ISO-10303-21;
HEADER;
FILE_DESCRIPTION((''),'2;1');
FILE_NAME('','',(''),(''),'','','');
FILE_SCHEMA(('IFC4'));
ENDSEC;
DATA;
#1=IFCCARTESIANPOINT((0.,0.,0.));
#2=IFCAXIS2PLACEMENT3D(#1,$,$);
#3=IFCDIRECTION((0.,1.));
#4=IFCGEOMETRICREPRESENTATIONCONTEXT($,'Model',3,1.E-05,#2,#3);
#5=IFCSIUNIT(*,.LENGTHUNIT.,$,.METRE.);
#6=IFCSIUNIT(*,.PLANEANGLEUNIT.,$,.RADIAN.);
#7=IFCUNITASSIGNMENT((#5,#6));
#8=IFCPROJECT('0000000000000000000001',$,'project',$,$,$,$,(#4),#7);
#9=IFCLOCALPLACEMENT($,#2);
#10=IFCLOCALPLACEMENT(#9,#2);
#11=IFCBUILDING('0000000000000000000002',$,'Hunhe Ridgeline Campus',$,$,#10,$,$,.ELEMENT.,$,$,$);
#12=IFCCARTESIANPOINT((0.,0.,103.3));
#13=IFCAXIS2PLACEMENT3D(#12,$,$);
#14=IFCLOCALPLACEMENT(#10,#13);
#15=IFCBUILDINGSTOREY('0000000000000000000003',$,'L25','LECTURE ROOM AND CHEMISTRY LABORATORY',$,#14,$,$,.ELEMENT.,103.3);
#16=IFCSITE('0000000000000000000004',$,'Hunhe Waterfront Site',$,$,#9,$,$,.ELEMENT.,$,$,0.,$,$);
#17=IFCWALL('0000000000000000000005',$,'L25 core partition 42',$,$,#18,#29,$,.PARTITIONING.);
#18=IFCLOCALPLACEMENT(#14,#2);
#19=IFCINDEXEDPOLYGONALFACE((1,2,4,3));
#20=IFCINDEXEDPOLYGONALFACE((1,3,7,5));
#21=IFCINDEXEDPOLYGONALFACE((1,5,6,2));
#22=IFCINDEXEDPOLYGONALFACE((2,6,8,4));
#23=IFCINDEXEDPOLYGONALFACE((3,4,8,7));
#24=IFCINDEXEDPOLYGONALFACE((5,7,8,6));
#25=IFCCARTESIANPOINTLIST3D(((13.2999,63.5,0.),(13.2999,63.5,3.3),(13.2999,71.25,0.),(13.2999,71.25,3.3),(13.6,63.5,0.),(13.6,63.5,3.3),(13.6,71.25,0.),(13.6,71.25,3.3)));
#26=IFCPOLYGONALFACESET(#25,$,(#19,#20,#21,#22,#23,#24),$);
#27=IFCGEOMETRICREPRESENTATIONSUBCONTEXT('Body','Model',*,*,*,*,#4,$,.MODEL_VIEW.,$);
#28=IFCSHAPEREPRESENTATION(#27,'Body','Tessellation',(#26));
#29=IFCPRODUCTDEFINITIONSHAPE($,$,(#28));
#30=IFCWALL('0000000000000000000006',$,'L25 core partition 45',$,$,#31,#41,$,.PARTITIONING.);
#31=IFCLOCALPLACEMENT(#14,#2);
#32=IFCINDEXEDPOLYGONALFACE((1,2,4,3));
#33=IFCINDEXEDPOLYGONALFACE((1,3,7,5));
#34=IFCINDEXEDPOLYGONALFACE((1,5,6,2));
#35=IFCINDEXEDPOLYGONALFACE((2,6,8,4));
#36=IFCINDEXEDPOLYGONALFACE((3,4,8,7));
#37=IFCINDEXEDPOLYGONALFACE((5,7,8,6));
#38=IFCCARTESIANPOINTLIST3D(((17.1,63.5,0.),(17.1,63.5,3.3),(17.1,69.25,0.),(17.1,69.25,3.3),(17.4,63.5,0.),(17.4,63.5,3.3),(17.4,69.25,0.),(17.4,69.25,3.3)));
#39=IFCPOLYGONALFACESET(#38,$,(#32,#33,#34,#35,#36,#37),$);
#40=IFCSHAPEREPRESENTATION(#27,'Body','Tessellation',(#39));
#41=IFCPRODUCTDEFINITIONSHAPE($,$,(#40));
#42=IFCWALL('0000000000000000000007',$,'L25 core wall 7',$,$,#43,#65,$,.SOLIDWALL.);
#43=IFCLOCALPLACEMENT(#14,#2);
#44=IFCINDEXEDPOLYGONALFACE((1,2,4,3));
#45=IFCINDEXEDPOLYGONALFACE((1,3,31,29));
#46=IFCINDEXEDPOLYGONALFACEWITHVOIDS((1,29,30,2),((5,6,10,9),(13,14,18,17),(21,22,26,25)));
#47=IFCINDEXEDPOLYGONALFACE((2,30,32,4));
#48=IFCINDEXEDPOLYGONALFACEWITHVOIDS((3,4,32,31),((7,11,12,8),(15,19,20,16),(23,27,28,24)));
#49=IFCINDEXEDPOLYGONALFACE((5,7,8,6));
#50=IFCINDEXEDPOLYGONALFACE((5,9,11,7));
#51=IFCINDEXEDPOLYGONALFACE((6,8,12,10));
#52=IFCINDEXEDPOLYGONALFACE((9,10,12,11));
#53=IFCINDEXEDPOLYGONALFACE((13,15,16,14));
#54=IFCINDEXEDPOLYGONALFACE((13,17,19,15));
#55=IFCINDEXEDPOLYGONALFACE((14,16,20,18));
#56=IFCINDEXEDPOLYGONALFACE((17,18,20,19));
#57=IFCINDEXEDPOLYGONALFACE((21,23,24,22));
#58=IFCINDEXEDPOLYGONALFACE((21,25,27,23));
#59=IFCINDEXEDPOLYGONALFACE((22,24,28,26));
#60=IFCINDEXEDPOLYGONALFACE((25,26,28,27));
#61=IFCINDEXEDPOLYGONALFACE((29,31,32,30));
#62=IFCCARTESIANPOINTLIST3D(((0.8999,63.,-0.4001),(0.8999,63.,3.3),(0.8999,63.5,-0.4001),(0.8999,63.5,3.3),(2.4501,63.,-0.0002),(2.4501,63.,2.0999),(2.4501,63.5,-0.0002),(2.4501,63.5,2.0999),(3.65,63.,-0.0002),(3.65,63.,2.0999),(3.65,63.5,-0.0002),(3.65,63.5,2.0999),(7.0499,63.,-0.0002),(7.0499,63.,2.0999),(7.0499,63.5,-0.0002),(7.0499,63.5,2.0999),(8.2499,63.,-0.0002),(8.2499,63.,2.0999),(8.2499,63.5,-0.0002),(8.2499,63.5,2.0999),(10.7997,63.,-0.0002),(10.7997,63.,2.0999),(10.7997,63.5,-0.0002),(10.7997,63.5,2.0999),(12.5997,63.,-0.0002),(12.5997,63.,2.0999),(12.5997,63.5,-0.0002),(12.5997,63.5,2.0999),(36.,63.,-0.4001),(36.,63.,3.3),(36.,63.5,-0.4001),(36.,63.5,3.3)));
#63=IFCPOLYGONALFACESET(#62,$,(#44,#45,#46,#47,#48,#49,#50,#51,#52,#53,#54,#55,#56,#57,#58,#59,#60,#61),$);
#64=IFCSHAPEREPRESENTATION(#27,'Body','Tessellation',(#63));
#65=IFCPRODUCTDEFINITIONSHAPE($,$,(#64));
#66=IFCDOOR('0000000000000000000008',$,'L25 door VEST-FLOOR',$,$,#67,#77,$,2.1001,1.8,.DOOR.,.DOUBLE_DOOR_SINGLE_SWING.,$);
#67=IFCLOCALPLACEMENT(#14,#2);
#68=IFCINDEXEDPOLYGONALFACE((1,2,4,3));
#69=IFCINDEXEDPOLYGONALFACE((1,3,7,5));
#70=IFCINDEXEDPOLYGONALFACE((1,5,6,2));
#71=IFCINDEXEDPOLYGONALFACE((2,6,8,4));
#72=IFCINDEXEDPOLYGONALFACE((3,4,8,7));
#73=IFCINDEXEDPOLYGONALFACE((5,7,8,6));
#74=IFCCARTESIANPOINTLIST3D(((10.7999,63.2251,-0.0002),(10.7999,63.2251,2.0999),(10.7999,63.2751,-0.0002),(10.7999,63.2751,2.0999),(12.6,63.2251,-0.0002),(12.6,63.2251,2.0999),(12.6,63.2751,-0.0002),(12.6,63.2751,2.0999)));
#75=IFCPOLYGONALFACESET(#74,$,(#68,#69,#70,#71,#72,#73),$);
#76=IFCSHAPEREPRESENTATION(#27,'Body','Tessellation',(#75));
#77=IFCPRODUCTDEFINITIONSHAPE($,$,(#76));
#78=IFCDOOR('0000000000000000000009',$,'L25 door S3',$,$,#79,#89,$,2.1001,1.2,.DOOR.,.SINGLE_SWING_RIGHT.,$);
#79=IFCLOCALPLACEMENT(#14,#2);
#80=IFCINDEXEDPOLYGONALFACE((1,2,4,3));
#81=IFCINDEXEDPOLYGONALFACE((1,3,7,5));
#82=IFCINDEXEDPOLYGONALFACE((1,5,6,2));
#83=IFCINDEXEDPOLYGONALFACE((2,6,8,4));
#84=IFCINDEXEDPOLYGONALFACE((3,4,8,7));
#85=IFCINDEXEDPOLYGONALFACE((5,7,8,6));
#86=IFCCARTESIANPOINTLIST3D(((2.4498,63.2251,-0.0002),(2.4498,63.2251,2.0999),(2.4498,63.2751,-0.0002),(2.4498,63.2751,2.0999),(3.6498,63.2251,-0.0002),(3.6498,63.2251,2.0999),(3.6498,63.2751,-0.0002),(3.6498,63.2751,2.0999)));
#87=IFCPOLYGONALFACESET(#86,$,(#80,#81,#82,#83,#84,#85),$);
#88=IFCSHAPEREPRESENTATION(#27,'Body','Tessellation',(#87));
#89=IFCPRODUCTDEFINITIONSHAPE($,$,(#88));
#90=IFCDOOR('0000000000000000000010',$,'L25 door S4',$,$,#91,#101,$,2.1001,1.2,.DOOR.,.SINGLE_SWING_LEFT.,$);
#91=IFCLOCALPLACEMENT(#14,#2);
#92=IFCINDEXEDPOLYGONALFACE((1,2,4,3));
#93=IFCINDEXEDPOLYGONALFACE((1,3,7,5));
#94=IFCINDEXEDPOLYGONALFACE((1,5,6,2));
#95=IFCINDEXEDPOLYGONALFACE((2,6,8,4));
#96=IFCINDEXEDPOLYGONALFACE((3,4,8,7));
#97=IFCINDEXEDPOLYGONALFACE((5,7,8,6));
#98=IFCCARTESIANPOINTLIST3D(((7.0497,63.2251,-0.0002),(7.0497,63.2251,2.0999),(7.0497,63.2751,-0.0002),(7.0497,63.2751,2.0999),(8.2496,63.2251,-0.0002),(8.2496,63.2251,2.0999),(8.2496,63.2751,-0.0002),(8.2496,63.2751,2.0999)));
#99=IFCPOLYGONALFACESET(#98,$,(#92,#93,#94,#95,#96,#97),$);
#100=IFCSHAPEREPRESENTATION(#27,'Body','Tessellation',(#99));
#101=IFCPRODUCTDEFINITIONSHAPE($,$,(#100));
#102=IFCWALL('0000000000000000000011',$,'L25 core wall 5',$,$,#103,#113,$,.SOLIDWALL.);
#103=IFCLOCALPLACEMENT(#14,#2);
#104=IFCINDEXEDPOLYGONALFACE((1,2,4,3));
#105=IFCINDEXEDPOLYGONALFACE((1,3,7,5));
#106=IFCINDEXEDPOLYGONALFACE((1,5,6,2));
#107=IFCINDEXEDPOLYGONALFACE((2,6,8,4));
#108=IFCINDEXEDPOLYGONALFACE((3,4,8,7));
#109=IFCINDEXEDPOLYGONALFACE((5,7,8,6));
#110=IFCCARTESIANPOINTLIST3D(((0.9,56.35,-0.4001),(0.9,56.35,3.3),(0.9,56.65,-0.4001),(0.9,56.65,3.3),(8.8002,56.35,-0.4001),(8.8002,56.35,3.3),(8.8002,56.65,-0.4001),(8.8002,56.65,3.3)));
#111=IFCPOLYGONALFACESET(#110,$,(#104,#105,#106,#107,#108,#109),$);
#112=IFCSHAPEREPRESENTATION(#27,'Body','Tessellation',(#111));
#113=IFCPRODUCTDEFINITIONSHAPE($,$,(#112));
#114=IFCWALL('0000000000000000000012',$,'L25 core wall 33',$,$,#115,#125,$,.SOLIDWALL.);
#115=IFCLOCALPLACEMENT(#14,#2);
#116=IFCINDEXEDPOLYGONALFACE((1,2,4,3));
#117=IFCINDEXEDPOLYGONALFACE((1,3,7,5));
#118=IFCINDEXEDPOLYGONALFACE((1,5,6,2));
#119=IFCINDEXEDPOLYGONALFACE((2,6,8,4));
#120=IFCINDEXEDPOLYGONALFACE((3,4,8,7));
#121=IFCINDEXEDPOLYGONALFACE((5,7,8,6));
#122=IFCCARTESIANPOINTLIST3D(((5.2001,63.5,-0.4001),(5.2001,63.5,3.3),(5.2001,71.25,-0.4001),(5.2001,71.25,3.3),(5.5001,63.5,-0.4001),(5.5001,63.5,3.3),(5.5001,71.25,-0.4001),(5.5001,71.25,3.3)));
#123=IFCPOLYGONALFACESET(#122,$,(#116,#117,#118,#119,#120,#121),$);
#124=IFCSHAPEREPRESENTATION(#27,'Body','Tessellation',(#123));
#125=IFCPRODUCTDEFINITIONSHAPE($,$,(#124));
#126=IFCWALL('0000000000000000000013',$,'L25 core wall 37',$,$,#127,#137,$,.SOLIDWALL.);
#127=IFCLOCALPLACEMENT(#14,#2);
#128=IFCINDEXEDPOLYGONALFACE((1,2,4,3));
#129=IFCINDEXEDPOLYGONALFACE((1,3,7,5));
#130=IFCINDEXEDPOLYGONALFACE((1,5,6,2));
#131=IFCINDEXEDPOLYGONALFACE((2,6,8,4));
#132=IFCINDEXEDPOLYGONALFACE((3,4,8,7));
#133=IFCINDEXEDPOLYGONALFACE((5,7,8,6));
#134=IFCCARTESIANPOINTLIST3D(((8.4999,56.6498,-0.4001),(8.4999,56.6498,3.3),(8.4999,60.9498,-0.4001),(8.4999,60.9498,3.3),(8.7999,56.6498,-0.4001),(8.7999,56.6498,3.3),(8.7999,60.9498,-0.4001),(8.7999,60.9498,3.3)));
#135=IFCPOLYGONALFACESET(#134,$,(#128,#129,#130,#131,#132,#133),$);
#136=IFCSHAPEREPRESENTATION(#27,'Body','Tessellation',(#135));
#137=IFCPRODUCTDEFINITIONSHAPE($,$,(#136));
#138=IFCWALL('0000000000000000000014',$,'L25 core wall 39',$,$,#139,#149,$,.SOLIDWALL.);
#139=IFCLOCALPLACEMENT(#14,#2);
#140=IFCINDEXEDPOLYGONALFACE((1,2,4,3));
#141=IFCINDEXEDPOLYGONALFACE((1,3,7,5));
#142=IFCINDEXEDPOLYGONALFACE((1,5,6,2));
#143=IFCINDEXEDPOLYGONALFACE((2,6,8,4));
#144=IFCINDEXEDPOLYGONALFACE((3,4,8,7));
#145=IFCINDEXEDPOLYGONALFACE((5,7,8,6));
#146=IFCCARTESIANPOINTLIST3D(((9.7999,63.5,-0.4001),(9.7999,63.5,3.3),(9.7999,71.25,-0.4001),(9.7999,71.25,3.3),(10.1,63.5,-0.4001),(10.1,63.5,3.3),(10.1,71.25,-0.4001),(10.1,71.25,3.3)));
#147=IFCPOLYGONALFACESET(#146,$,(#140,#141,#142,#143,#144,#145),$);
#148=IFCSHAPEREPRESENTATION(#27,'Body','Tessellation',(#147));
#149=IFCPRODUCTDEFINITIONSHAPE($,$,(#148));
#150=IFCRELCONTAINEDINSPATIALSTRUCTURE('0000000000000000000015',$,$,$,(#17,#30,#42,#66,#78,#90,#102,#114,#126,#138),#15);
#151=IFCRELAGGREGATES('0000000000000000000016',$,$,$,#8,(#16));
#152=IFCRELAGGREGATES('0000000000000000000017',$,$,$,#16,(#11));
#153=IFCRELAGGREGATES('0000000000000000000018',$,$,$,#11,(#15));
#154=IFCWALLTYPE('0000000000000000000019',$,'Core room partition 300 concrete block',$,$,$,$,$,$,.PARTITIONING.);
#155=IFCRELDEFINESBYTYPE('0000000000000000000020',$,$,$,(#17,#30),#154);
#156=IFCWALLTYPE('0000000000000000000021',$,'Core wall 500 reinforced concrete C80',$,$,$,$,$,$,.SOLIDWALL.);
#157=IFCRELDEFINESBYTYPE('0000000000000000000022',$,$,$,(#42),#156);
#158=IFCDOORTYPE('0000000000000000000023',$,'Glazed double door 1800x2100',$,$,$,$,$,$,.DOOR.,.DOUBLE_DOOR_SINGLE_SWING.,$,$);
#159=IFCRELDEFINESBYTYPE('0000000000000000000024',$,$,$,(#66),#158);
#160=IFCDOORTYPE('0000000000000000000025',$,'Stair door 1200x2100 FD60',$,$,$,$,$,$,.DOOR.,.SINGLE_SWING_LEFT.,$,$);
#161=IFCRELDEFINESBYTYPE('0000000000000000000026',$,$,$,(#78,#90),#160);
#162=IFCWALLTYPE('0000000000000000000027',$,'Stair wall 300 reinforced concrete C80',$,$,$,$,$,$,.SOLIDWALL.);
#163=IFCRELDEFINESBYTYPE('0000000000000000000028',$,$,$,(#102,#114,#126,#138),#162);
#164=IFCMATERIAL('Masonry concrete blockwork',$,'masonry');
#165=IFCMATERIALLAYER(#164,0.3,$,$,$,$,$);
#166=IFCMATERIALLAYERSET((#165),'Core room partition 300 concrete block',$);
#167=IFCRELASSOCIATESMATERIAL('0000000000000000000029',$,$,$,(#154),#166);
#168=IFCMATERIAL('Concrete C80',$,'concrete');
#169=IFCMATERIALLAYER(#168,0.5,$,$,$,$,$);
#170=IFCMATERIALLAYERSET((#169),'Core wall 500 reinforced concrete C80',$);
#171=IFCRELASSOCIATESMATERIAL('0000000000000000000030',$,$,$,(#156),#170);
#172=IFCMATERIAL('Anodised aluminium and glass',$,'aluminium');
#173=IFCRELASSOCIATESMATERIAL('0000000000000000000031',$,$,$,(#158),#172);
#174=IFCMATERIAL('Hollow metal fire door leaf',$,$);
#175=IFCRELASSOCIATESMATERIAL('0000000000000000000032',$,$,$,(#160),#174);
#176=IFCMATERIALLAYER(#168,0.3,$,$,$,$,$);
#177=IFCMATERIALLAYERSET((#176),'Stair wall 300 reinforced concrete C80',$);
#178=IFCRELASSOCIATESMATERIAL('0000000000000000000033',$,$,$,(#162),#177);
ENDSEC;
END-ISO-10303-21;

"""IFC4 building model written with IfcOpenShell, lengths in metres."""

from ifc_helpers import new_model, si_unit, direction, frame, frame_2d, origin, place, context, subcontext, project, spatial, rectangle, extrude, material, layer, layer_set, type_object, element, fill, save


model = new_model("IFC4")

# Units and contexts
model_context = context("Model", 3, precision=1e-05, world=origin(), true_north=direction((0.0, 1.0)))
body_context = subcontext(model_context, "Body", "Model", "MODEL_VIEW")
ifc_project = project(units=[si_unit("LENGTHUNIT", "METRE"), si_unit("PLANEANGLEUNIT", "RADIAN")], contexts=[model_context])

# Site, building, storey
site_placement = place(None, origin())
site = spatial("IfcSite", under=ifc_project, at=site_placement, Name="Hunhe Waterfront Site", CompositionType="ELEMENT", RefElevation=0.0)
building_placement = place(site_placement, origin())
building = spatial("IfcBuilding", under=site, at=building_placement, Name="Hunhe Ridgeline Campus", CompositionType="ELEMENT")
storey_placement = place(building_placement, frame((0.0, 0.0, 103.3)))
storey = spatial("IfcBuildingStorey", under=building, at=storey_placement, Name="L25", Description="LECTURE ROOM AND CHEMISTRY LABORATORY", CompositionType="ELEMENT", Elevation=103.3)

# Walls
ifc_material_1 = material(Name="Masonry concrete blockwork", Category="masonry")
ifc_layer_1 = layer(ifc_material_1, 0.3)
ifc_layer_set_1 = layer_set([ifc_layer_1], Name="Core room partition 300 concrete block")
wall_type_1 = type_object("IfcWallType", Name="Core room partition 300 concrete block", PredefinedType="PARTITIONING", material=ifc_layer_set_1)
wall_1_placement = place(storey_placement, frame((13.45, 63.5, 0.0), z_axis=(0.0, 0.0, 1.0), x_axis=(0.0, 1.0, 0.0)))
element("IfcWall", 1, at=wall_1_placement, inside=storey, type_object=wall_type_1, Name="L25 core partition 42", PredefinedType="PARTITIONING", context=body_context, shape_type="SweptSolid", body=[
    extrude(rectangle(XDim=7.75, YDim=0.3, at=frame_2d((3.875, 0.0))), origin(), (0.0, 0.0, 1.0), 3.3),
])
wall_2_placement = place(storey_placement, frame((17.25, 63.5, 0.0), z_axis=(0.0, 0.0, 1.0), x_axis=(0.0, 1.0, 0.0)))
element("IfcWall", 2, at=wall_2_placement, inside=storey, type_object=wall_type_1, Name="L25 core partition 45", PredefinedType="PARTITIONING", context=body_context, shape_type="SweptSolid", body=[
    extrude(rectangle(XDim=5.75, YDim=0.3, at=frame_2d((2.875, 0.0))), origin(), (0.0, 0.0, 1.0), 3.3),
])

# Wall, openings, doors
ifc_material_2 = material(Name="Concrete C80", Category="concrete")
ifc_layer_2 = layer(ifc_material_2, 0.5)
ifc_layer_set_2 = layer_set([ifc_layer_2], Name="Core wall 500 reinforced concrete C80")
wall_type_2 = type_object("IfcWallType", Name="Core wall 500 reinforced concrete C80", PredefinedType="SOLIDWALL", material=ifc_layer_set_2)
wall_3_placement = place(storey_placement, frame((0.8999, 63.25, -0.4001), z_axis=(0.0, 0.0, 1.0), x_axis=(1.0, 0.0, 0.0)))
wall_3 = element("IfcWall", 3, at=wall_3_placement, inside=storey, type_object=wall_type_2, Name="L25 core wall 7", PredefinedType="SOLIDWALL", context=body_context, shape_type="SweptSolid", body=[
    extrude(rectangle(XDim=35.1001, YDim=0.5, at=frame_2d((17.55, 0.0))), origin(), (0.0, 0.0, 1.0), 3.7002),
])
opening_1_placement = place(wall_3_placement, frame((9.8999, 0.0, 0.3999)))
opening_1 = element("IfcOpeningElement", 4, at=opening_1_placement, cuts=wall_3, PredefinedType="OPENING", context=body_context, shape_type="SweptSolid", body=[
    extrude(rectangle(XDim=1.8, YDim=2.1001, at=frame_2d((0.8999, 1.05))), frame((0.0, 0.25, 0.0), z_axis=(0.0, -1.0, 0.0), x_axis=(1.0, 0.0, 0.0)), (0.0, 0.0, 1.0), 0.5),
])
opening_2_placement = place(wall_3_placement, frame((1.55, 0.0, 0.3999)))
opening_2 = element("IfcOpeningElement", 5, at=opening_2_placement, cuts=wall_3, PredefinedType="OPENING", context=body_context, shape_type="SweptSolid", body=[
    extrude(rectangle(XDim=1.2, YDim=2.1001, at=frame_2d((0.6001, 1.05))), frame((0.0, 0.25, 0.0), z_axis=(0.0, -1.0, 0.0), x_axis=(1.0, 0.0, 0.0)), (0.0, 0.0, 1.0), 0.5),
])
opening_3_placement = place(wall_3_placement, frame((6.1499, 0.0, 0.3999)))
opening_3 = element("IfcOpeningElement", 6, at=opening_3_placement, cuts=wall_3, PredefinedType="OPENING", context=body_context, shape_type="SweptSolid", body=[
    extrude(rectangle(XDim=1.2, YDim=2.1001, at=frame_2d((0.6001, 1.05))), frame((0.0, 0.25, 0.0), z_axis=(0.0, -1.0, 0.0), x_axis=(1.0, 0.0, 0.0)), (0.0, 0.0, 1.0), 0.5),
])
ifc_material_3 = material(Name="Anodised aluminium and glass", Category="aluminium")
door_type_1 = type_object("IfcDoorType", Name="Glazed double door 1800x2100", OperationType="DOUBLE_DOOR_SINGLE_SWING", PredefinedType="DOOR", material=ifc_material_3)
door_1_placement = place(opening_1_placement, frame((1.8, 0.0, 0.0), z_axis=(0.0, 0.0, 1.0), x_axis=(-1.0, 0.0, 0.0)))
door_1 = element("IfcDoor", 7, at=door_1_placement, inside=storey, type_object=door_type_1, Name="L25 door VEST-FLOOR", OperationType="DOUBLE_DOOR_SINGLE_SWING", OverallHeight=2.1001, OverallWidth=1.8, PredefinedType="DOOR", context=body_context, shape_type="SweptSolid", body=[
    extrude(rectangle(XDim=1.8, YDim=2.1001, at=frame_2d((0.8999, 1.05))), frame((0.0, 0.0249, 0.0), z_axis=(0.0, -1.0, 0.0), x_axis=(1.0, 0.0, 0.0)), (0.0, 0.0, 1.0), 0.05),
])
fill(opening_1, door_1)
ifc_material_4 = material(Name="Hollow metal fire door leaf")
door_type_2 = type_object("IfcDoorType", Name="Stair door 1200x2100 FD60", OperationType="SINGLE_SWING_LEFT", PredefinedType="DOOR", material=ifc_material_4)
door_2_placement = place(opening_2_placement, frame((1.2, 0.0, 0.0), z_axis=(0.0, 0.0, 1.0), x_axis=(-1.0, 0.0, 0.0)))
door_2 = element("IfcDoor", 8, at=door_2_placement, inside=storey, type_object=door_type_2, Name="L25 door S3", OperationType="SINGLE_SWING_RIGHT", OverallHeight=2.1001, OverallWidth=1.2, PredefinedType="DOOR", context=body_context, shape_type="SweptSolid", body=[
    extrude(rectangle(XDim=1.2, YDim=2.1001, at=frame_2d((0.6001, 1.05))), frame((0.0, 0.0249, 0.0), z_axis=(0.0, -1.0, 0.0), x_axis=(1.0, 0.0, 0.0)), (0.0, 0.0, 1.0), 0.05),
])
fill(opening_2, door_2)
door_3_placement = place(opening_3_placement, frame((1.2, 0.0, 0.0), z_axis=(0.0, 0.0, 1.0), x_axis=(-1.0, 0.0, 0.0)))
door_3 = element("IfcDoor", 9, at=door_3_placement, inside=storey, type_object=door_type_2, Name="L25 door S4", OperationType="SINGLE_SWING_LEFT", OverallHeight=2.1001, OverallWidth=1.2, PredefinedType="DOOR", context=body_context, shape_type="SweptSolid", body=[
    extrude(rectangle(XDim=1.2, YDim=2.1001, at=frame_2d((0.6001, 1.05))), frame((0.0, 0.0249, 0.0), z_axis=(0.0, -1.0, 0.0), x_axis=(1.0, 0.0, 0.0)), (0.0, 0.0, 1.0), 0.05),
])
fill(opening_3, door_3)

# Wall
ifc_layer_3 = layer(ifc_material_2, 0.3)
ifc_layer_set_3 = layer_set([ifc_layer_3], Name="Stair wall 300 reinforced concrete C80")
wall_type_3 = type_object("IfcWallType", Name="Stair wall 300 reinforced concrete C80", PredefinedType="SOLIDWALL", material=ifc_layer_set_3)
wall_4_placement = place(storey_placement, frame((0.8999, 56.5, -0.4001), z_axis=(0.0, 0.0, 1.0), x_axis=(1.0, 0.0, 0.0)))
element("IfcWall", 10, at=wall_4_placement, inside=storey, type_object=wall_type_3, Name="L25 core wall 5", PredefinedType="SOLIDWALL", context=body_context, shape_type="SweptSolid", body=[
    extrude(rectangle(XDim=7.9001, YDim=0.3, at=frame_2d((3.9502, 0.0))), origin(), (0.0, 0.0, 1.0), 3.7002),
])

# Walls
wall_5_placement = place(storey_placement, frame((5.3501, 63.5, -0.4001), z_axis=(0.0, 0.0, 1.0), x_axis=(0.0, 1.0, 0.0)))
element("IfcWall", 11, at=wall_5_placement, inside=storey, type_object=wall_type_3, Name="L25 core wall 33", PredefinedType="SOLIDWALL", context=body_context, shape_type="SweptSolid", body=[
    extrude(rectangle(XDim=7.75, YDim=0.3, at=frame_2d((3.875, 0.0))), origin(), (0.0, 0.0, 1.0), 3.7002),
])
wall_6_placement = place(storey_placement, frame((8.6499, 56.6499, -0.4001), z_axis=(0.0, 0.0, 1.0), x_axis=(0.0, 1.0, 0.0)))
element("IfcWall", 12, at=wall_6_placement, inside=storey, type_object=wall_type_3, Name="L25 core wall 37", PredefinedType="SOLIDWALL", context=body_context, shape_type="SweptSolid", body=[
    extrude(rectangle(XDim=4.3, YDim=0.3, at=frame_2d((2.1499, 0.0))), origin(), (0.0, 0.0, 1.0), 3.7002),
])
wall_7_placement = place(storey_placement, frame((9.95, 63.5, -0.4001), z_axis=(0.0, 0.0, 1.0), x_axis=(0.0, 1.0, 0.0)))
element("IfcWall", 13, at=wall_7_placement, inside=storey, type_object=wall_type_3, Name="L25 core wall 39", PredefinedType="SOLIDWALL", context=body_context, shape_type="SweptSolid", body=[
    extrude(rectangle(XDim=7.75, YDim=0.3, at=frame_2d((3.875, 0.0))), origin(), (0.0, 0.0, 1.0), 3.7002),
])

save(model, "model.ifc")
